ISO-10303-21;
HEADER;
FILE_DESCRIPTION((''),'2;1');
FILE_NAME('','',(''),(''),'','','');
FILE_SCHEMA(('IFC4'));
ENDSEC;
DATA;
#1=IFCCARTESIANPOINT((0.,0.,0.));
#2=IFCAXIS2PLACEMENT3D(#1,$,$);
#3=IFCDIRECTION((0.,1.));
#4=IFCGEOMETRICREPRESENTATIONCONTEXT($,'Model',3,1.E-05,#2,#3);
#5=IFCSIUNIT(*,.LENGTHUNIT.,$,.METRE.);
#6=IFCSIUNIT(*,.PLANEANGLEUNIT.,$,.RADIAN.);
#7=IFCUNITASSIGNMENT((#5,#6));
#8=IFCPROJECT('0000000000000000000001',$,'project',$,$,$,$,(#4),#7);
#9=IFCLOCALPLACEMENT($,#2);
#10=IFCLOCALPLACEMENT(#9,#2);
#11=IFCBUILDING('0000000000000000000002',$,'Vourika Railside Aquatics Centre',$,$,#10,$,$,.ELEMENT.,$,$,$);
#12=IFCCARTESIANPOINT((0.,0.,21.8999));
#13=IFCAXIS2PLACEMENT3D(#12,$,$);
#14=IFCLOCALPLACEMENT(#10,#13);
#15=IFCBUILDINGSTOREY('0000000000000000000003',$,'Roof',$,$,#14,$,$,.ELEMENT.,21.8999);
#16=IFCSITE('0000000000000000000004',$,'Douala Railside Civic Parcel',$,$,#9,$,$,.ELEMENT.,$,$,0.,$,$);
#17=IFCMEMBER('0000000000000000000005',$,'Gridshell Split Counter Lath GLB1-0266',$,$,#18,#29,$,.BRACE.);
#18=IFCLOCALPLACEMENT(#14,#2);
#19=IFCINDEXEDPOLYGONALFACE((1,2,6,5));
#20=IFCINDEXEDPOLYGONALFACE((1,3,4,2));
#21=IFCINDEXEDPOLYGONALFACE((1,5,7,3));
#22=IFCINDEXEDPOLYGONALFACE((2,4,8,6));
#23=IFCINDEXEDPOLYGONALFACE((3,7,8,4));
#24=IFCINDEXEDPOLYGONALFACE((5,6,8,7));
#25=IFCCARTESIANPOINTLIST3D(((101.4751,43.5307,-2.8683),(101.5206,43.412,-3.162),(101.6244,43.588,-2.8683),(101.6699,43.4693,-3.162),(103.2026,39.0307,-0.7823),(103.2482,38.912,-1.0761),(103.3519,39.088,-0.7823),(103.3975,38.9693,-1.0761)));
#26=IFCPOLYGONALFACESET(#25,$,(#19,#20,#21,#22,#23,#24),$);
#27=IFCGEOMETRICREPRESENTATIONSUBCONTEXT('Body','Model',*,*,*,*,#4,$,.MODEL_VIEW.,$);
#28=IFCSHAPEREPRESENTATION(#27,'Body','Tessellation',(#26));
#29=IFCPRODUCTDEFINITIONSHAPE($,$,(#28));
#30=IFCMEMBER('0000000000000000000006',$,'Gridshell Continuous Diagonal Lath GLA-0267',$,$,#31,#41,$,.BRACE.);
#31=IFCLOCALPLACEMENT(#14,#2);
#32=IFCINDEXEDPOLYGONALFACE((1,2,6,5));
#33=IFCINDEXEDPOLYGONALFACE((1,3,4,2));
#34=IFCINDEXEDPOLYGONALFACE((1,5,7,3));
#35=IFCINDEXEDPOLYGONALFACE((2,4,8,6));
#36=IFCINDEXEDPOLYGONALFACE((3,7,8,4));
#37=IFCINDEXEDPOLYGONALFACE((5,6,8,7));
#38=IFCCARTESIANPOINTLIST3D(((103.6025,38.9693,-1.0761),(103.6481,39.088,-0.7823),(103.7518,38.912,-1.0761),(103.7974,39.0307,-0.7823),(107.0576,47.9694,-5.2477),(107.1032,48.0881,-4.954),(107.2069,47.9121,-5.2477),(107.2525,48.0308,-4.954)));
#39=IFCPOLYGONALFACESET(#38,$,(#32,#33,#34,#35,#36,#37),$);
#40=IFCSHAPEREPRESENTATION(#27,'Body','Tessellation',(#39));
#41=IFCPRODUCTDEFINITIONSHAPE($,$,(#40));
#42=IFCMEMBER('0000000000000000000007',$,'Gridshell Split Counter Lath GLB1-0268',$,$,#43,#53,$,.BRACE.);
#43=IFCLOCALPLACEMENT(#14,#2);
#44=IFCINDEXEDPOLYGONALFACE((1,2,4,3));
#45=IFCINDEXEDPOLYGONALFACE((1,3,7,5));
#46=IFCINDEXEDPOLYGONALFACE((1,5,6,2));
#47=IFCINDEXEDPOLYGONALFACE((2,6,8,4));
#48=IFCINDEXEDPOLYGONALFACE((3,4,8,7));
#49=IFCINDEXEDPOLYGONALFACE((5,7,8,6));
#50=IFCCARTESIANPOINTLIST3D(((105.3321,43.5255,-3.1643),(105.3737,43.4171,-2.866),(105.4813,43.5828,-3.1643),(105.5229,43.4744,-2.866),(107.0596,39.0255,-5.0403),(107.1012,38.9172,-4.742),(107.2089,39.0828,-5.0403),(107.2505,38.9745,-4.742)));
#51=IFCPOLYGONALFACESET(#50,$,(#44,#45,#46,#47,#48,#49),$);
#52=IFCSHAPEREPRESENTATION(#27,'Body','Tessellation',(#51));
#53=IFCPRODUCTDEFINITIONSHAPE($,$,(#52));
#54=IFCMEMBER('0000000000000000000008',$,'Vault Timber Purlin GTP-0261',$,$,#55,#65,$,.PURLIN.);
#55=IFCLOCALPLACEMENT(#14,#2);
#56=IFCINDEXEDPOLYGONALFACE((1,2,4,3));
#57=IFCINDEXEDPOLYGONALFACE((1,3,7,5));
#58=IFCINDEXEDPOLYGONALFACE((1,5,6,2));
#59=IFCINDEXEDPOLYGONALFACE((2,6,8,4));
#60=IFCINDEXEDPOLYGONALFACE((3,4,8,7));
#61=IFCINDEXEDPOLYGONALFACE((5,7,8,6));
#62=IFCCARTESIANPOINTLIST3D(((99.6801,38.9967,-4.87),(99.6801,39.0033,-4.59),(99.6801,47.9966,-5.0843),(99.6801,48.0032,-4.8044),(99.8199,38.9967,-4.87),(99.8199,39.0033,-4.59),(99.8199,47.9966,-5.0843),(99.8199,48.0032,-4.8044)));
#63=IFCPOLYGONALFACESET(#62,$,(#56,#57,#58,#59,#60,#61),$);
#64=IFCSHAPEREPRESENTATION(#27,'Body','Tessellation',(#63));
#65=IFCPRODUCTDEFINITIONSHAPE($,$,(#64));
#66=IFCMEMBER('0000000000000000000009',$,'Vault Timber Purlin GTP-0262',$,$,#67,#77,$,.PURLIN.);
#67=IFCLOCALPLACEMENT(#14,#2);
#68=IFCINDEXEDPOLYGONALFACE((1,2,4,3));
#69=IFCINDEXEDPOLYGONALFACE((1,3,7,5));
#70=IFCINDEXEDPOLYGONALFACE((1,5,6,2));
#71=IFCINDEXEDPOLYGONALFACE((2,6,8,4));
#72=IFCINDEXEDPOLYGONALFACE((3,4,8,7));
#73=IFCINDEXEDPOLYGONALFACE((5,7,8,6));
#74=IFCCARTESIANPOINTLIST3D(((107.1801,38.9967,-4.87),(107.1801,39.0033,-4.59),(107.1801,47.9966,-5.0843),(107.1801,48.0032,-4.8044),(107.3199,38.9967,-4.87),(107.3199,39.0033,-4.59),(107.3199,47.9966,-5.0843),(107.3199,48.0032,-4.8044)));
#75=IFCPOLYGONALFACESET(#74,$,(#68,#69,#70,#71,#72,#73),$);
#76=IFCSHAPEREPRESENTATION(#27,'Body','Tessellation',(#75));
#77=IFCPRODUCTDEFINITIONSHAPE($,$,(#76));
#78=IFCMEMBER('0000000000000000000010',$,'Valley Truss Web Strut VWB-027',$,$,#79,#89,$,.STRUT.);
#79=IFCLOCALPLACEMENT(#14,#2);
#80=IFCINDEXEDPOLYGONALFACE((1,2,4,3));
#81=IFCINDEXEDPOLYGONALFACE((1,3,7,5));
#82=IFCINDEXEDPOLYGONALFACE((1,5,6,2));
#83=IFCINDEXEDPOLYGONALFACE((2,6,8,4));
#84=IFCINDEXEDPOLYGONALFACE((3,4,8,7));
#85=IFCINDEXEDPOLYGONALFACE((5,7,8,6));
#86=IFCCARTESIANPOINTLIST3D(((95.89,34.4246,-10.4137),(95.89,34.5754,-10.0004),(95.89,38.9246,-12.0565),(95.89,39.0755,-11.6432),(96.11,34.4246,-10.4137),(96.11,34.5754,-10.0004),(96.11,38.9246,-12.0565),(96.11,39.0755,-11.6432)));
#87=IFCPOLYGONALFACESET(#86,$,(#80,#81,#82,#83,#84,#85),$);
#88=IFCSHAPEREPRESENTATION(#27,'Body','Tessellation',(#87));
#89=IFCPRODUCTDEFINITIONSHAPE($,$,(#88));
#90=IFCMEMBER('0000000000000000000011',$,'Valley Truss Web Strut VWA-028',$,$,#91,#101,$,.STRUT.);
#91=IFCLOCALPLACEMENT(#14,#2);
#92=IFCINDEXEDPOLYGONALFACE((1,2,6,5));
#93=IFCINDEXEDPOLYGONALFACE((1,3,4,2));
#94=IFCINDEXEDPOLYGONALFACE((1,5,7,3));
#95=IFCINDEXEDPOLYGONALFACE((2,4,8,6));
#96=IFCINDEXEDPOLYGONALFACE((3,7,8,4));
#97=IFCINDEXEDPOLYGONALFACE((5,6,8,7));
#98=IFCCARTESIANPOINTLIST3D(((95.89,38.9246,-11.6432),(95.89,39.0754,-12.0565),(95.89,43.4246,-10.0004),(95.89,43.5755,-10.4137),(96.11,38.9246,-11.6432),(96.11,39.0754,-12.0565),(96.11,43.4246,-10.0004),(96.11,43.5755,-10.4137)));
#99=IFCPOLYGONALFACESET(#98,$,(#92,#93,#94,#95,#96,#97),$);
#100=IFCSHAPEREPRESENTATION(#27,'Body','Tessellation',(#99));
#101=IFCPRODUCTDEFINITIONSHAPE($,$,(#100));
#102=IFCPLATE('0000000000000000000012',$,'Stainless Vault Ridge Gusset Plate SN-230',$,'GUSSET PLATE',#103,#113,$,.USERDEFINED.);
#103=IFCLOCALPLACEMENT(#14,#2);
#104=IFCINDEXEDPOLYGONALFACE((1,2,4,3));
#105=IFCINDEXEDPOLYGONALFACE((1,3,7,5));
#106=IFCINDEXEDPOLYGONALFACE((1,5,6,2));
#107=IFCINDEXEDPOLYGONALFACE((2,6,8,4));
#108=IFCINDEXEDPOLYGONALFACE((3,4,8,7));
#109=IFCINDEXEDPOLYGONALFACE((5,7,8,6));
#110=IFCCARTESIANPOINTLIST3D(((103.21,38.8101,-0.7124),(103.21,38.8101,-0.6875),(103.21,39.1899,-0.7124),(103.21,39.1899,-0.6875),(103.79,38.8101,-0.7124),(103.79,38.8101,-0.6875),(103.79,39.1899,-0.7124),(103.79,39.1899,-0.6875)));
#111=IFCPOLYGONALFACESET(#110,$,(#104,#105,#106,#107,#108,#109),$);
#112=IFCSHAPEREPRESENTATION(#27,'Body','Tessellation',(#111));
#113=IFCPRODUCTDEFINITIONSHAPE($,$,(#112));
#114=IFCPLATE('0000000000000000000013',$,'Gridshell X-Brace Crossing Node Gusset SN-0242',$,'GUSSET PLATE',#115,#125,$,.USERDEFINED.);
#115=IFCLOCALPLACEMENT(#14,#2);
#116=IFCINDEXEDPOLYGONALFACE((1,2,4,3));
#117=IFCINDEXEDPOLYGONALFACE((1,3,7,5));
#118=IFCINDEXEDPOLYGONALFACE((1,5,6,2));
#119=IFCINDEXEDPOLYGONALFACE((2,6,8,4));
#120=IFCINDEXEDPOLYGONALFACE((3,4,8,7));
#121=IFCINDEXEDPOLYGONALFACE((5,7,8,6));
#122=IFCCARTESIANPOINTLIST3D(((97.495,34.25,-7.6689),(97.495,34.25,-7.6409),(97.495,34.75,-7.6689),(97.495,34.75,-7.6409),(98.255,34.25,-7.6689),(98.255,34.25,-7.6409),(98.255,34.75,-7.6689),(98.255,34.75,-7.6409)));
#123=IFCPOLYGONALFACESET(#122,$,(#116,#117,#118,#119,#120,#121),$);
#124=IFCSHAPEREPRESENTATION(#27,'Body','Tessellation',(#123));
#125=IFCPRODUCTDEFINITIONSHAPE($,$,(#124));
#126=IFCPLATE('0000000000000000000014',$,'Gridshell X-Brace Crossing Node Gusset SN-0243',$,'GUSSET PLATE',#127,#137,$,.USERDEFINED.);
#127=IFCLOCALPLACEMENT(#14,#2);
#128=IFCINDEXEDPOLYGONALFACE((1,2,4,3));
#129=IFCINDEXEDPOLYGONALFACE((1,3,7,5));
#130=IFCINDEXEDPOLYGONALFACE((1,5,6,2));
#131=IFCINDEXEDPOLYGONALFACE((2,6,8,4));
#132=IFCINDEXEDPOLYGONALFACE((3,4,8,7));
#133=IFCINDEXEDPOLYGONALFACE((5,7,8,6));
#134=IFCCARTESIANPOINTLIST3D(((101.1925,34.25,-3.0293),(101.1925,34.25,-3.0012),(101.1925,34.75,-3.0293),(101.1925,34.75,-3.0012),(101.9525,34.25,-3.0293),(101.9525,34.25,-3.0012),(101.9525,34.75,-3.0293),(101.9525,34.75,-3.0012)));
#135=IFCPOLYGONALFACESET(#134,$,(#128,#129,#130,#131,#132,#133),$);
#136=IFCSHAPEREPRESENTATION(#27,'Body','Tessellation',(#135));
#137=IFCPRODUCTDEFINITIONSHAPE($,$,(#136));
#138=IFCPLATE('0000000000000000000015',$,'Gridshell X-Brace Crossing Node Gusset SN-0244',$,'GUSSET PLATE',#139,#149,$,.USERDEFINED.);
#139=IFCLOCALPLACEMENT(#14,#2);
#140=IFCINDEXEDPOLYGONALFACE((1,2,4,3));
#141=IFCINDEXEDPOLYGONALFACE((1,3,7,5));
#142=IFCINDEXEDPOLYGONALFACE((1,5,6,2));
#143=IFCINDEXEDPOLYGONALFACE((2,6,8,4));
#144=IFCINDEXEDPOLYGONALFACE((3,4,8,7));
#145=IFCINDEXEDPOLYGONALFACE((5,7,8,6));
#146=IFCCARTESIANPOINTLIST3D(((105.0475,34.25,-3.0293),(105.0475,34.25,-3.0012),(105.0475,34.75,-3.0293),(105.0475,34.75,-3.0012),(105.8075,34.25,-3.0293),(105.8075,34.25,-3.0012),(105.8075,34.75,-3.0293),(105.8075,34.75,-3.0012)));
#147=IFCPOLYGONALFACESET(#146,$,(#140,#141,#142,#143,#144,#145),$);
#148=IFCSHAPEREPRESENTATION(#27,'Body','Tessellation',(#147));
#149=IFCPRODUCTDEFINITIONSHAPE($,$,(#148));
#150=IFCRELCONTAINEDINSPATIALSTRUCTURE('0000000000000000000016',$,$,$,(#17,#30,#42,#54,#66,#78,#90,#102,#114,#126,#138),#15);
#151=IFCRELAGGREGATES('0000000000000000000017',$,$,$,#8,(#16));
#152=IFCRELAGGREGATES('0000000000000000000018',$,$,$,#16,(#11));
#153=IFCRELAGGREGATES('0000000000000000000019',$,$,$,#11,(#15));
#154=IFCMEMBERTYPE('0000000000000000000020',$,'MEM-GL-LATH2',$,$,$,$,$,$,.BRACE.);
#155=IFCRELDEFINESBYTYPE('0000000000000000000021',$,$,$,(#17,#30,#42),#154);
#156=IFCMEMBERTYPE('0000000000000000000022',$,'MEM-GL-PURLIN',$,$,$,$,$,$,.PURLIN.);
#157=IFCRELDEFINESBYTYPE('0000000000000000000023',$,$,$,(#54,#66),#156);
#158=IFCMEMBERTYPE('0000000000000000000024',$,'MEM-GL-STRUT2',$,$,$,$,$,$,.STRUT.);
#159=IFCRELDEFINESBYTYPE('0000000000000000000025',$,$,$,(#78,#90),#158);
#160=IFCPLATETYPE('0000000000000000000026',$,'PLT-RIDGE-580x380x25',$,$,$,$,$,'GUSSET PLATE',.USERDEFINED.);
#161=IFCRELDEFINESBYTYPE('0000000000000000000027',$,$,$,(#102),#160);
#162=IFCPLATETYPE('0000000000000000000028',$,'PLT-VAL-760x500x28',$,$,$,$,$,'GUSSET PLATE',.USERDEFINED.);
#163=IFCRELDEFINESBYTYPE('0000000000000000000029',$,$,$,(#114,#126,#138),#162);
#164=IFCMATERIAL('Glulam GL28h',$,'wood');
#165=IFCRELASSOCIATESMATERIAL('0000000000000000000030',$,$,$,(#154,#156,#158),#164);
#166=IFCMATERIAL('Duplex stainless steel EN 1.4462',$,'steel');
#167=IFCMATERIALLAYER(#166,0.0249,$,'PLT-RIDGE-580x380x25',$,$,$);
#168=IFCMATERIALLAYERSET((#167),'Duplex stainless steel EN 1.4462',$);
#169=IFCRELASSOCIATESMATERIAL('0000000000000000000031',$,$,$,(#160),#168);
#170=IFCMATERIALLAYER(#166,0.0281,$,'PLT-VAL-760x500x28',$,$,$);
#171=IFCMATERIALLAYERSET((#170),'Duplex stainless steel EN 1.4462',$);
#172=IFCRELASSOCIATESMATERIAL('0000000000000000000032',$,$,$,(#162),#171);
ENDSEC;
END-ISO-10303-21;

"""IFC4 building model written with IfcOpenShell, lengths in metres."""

from ifc_helpers import new_model, si_unit, direction, frame, origin, origin_2d, place, context, subcontext, project, spatial, rectangle, extrude, material, layer, layer_set, material_profile, profile_set, type_object, element, save


model = new_model("IFC4")

# Units and contexts
model_context = context("Model", 3, precision=1e-05, world=origin(), true_north=direction((0.0, 1.0)))
body_context = subcontext(model_context, "Body", "Model", "MODEL_VIEW")
ifc_project = project(units=[si_unit("LENGTHUNIT", "METRE"), si_unit("PLANEANGLEUNIT", "RADIAN")], contexts=[model_context])

# Site, building, storey
site_placement = place(None, origin())
site = spatial("IfcSite", under=ifc_project, at=site_placement, Name="Douala Railside Civic Parcel", CompositionType="ELEMENT", RefElevation=0.0)
building_placement = place(site_placement, origin())
building = spatial("IfcBuilding", under=site, at=building_placement, Name="Vourika Railside Aquatics Centre", CompositionType="ELEMENT")
storey_placement = place(building_placement, frame((0.0, 0.0, 21.8999)))
storey = spatial("IfcBuildingStorey", under=building, at=storey_placement, Name="Roof", CompositionType="ELEMENT", Elevation=21.8999)

# Members
ifc_material_1 = material(Name="Glulam GL28h", Category="wood")
ifc_material_profile_1 = material_profile(ifc_material_1, rectangle(XDim=0.1599, YDim=0.3201, at=origin_2d()), Name="GL28h 160x320")
ifc_profile_set_1 = profile_set([ifc_material_profile_1], Name="Glulam GL28h")
member_type_1 = type_object("IfcMemberType", Name="MEM-GL-LATH2", PredefinedType="BRACE", material=ifc_profile_set_1)
member_1_placement = place(storey_placement, frame((103.3, 39.0, -0.9292), z_axis=(-0.328918, 0.856785, -0.397156), x_axis=(-0.93357, -0.358395, 0.0)))
element("IfcMember", 1, at=member_1_placement, inside=storey, type_object=member_type_1, Name="Gridshell Split Counter Lath GLB1-0266", PredefinedType="BRACE", context=body_context, shape_type="SweptSolid", body=[
    extrude(rectangle(XDim=0.1599, YDim=0.3201, at=origin_2d()), origin(), (0.0, 0.0, 1.0), 5.2522),
])
member_2_placement = place(storey_placement, frame((103.7, 39.0, -0.9292), z_axis=(0.328921, 0.856793, -0.397136), x_axis=(-0.93357, 0.358395, 0.0)))
element("IfcMember", 2, at=member_2_placement, inside=storey, type_object=member_type_1, Name="Gridshell Continuous Diagonal Lath GLA-0267", PredefinedType="BRACE", context=body_context, shape_type="SweptSolid", body=[
    extrude(rectangle(XDim=0.1599, YDim=0.3201, at=origin_2d()), origin(), (0.0, 0.0, 1.0), 10.5044),
])
member_3_placement = place(storey_placement, frame((107.155, 39.0, -4.8911), z_axis=(-0.333992, 0.870003, 0.36269), x_axis=(-0.93357, -0.358395, 0.0)))
element("IfcMember", 3, at=member_3_placement, inside=storey, type_object=member_type_1, Name="Gridshell Split Counter Lath GLB1-0268", PredefinedType="BRACE", context=body_context, shape_type="SweptSolid", body=[
    extrude(rectangle(XDim=0.1599, YDim=0.3201, at=origin_2d()), origin(), (0.0, 0.0, 1.0), 5.1724),
])
ifc_material_profile_2 = material_profile(ifc_material_1, rectangle(XDim=0.1399, YDim=0.28, at=origin_2d()), Name="GL28h 140x280")
ifc_profile_set_2 = profile_set([ifc_material_profile_2], Name="Glulam GL28h")
member_type_2 = type_object("IfcMemberType", Name="MEM-GL-PURLIN", PredefinedType="PURLIN", material=ifc_profile_set_2)
for number, where, z_axis, x_axis, name in (
    (4, (99.75, 39.0, -4.73), (0.0, 0.999716, -0.023811), (-1.0, 0.0, 0.0), "Vault Timber Purlin GTP-0261"),
    (5, (107.25, 39.0, -4.73), (0.0, 0.999716, -0.023811), (-1.0, 0.0, 0.0), "Vault Timber Purlin GTP-0262"),
):
    element("IfcMember", number, at=place(storey_placement, frame(where, z_axis=z_axis, x_axis=x_axis)), inside=storey, type_object=member_type_2, Name=name, PredefinedType="PURLIN", context=body_context, shape_type="SweptSolid", body=[
        extrude(rectangle(XDim=0.1399, YDim=0.28, at=origin_2d()), origin(), (0.0, 0.0, 1.0), 9.0024),
    ])
ifc_material_profile_3 = material_profile(ifc_material_1, rectangle(XDim=0.22, YDim=0.4399, at=origin_2d()), Name="GL28h 220x440")
ifc_profile_set_3 = profile_set([ifc_material_profile_3], Name="Glulam GL28h")
member_type_3 = type_object("IfcMemberType", Name="MEM-GL-STRUT2", PredefinedType="STRUT", material=ifc_profile_set_3)
for number, where, z_axis, x_axis, name in (
    (6, (96.0, 34.5, -10.207), (0.0, 0.93936, -0.342934), (-1.0, 0.0, 0.0), "Valley Truss Web Strut VWB-027"),
    (7, (96.0, 39.0, -11.8499), (0.0, 0.93936, 0.342934), (-1.0, 0.0, 0.0), "Valley Truss Web Strut VWA-028"),
):
    element("IfcMember", number, at=place(storey_placement, frame(where, z_axis=z_axis, x_axis=x_axis)), inside=storey, type_object=member_type_3, Name=name, PredefinedType="STRUT", context=body_context, shape_type="SweptSolid", body=[
        extrude(rectangle(XDim=0.22, YDim=0.4399, at=origin_2d()), origin(), (0.0, 0.0, 1.0), 4.7905),
    ])

# Plates
ifc_material_2 = material(Name="Duplex stainless steel EN 1.4462", Category="steel")
ifc_layer_1 = layer(ifc_material_2, 0.0249, Name="PLT-RIDGE-580x380x25")
ifc_layer_set_1 = layer_set([ifc_layer_1], Name="Duplex stainless steel EN 1.4462")
plate_type_1 = type_object("IfcPlateType", Name="PLT-RIDGE-580x380x25", ElementType="GUSSET PLATE", PredefinedType="USERDEFINED", material=ifc_layer_set_1)
plate_placement = place(storey_placement, frame((103.5, 39.0, -0.7124), z_axis=(0.0, 0.0, 1.0), x_axis=(1.0, 0.0, 0.0)))
element("IfcPlate", 8, at=plate_placement, inside=storey, type_object=plate_type_1, Name="Stainless Vault Ridge Gusset Plate SN-230", ObjectType="GUSSET PLATE", PredefinedType="USERDEFINED", context=body_context, shape_type="SweptSolid", body=[
    extrude(rectangle(XDim=0.5801, YDim=0.3799, at=origin_2d()), origin(), (0.0, 0.0, 1.0), 0.0249),
])
ifc_layer_2 = layer(ifc_material_2, 0.0281, Name="PLT-VAL-760x500x28")
ifc_layer_set_2 = layer_set([ifc_layer_2], Name="Duplex stainless steel EN 1.4462")
plate_type_2 = type_object("IfcPlateType", Name="PLT-VAL-760x500x28", ElementType="GUSSET PLATE", PredefinedType="USERDEFINED", material=ifc_layer_set_2)
for number, where, z_axis, x_axis, name in (
    (9, (97.875, 34.5, -7.6689), (0.0, 0.0, 1.0), (1.0, 0.0, 0.0), "Gridshell X-Brace Crossing Node Gusset SN-0242"),
    (10, (101.5725, 34.5, -3.0293), (0.0, 0.0, 1.0), (1.0, 0.0, 0.0), "Gridshell X-Brace Crossing Node Gusset SN-0243"),
    (11, (105.4275, 34.5, -3.0293), (0.0, 0.0, 1.0), (1.0, 0.0, 0.0), "Gridshell X-Brace Crossing Node Gusset SN-0244"),
):
    element("IfcPlate", number, at=place(storey_placement, frame(where, z_axis=z_axis, x_axis=x_axis)), inside=storey, type_object=plate_type_2, Name=name, ObjectType="GUSSET PLATE", PredefinedType="USERDEFINED", context=body_context, shape_type="SweptSolid", body=[
        extrude(rectangle(XDim=0.76, YDim=0.5, at=origin_2d()), origin(), (0.0, 0.0, 1.0), 0.0281),
    ])

save(model, "model.ifc")
